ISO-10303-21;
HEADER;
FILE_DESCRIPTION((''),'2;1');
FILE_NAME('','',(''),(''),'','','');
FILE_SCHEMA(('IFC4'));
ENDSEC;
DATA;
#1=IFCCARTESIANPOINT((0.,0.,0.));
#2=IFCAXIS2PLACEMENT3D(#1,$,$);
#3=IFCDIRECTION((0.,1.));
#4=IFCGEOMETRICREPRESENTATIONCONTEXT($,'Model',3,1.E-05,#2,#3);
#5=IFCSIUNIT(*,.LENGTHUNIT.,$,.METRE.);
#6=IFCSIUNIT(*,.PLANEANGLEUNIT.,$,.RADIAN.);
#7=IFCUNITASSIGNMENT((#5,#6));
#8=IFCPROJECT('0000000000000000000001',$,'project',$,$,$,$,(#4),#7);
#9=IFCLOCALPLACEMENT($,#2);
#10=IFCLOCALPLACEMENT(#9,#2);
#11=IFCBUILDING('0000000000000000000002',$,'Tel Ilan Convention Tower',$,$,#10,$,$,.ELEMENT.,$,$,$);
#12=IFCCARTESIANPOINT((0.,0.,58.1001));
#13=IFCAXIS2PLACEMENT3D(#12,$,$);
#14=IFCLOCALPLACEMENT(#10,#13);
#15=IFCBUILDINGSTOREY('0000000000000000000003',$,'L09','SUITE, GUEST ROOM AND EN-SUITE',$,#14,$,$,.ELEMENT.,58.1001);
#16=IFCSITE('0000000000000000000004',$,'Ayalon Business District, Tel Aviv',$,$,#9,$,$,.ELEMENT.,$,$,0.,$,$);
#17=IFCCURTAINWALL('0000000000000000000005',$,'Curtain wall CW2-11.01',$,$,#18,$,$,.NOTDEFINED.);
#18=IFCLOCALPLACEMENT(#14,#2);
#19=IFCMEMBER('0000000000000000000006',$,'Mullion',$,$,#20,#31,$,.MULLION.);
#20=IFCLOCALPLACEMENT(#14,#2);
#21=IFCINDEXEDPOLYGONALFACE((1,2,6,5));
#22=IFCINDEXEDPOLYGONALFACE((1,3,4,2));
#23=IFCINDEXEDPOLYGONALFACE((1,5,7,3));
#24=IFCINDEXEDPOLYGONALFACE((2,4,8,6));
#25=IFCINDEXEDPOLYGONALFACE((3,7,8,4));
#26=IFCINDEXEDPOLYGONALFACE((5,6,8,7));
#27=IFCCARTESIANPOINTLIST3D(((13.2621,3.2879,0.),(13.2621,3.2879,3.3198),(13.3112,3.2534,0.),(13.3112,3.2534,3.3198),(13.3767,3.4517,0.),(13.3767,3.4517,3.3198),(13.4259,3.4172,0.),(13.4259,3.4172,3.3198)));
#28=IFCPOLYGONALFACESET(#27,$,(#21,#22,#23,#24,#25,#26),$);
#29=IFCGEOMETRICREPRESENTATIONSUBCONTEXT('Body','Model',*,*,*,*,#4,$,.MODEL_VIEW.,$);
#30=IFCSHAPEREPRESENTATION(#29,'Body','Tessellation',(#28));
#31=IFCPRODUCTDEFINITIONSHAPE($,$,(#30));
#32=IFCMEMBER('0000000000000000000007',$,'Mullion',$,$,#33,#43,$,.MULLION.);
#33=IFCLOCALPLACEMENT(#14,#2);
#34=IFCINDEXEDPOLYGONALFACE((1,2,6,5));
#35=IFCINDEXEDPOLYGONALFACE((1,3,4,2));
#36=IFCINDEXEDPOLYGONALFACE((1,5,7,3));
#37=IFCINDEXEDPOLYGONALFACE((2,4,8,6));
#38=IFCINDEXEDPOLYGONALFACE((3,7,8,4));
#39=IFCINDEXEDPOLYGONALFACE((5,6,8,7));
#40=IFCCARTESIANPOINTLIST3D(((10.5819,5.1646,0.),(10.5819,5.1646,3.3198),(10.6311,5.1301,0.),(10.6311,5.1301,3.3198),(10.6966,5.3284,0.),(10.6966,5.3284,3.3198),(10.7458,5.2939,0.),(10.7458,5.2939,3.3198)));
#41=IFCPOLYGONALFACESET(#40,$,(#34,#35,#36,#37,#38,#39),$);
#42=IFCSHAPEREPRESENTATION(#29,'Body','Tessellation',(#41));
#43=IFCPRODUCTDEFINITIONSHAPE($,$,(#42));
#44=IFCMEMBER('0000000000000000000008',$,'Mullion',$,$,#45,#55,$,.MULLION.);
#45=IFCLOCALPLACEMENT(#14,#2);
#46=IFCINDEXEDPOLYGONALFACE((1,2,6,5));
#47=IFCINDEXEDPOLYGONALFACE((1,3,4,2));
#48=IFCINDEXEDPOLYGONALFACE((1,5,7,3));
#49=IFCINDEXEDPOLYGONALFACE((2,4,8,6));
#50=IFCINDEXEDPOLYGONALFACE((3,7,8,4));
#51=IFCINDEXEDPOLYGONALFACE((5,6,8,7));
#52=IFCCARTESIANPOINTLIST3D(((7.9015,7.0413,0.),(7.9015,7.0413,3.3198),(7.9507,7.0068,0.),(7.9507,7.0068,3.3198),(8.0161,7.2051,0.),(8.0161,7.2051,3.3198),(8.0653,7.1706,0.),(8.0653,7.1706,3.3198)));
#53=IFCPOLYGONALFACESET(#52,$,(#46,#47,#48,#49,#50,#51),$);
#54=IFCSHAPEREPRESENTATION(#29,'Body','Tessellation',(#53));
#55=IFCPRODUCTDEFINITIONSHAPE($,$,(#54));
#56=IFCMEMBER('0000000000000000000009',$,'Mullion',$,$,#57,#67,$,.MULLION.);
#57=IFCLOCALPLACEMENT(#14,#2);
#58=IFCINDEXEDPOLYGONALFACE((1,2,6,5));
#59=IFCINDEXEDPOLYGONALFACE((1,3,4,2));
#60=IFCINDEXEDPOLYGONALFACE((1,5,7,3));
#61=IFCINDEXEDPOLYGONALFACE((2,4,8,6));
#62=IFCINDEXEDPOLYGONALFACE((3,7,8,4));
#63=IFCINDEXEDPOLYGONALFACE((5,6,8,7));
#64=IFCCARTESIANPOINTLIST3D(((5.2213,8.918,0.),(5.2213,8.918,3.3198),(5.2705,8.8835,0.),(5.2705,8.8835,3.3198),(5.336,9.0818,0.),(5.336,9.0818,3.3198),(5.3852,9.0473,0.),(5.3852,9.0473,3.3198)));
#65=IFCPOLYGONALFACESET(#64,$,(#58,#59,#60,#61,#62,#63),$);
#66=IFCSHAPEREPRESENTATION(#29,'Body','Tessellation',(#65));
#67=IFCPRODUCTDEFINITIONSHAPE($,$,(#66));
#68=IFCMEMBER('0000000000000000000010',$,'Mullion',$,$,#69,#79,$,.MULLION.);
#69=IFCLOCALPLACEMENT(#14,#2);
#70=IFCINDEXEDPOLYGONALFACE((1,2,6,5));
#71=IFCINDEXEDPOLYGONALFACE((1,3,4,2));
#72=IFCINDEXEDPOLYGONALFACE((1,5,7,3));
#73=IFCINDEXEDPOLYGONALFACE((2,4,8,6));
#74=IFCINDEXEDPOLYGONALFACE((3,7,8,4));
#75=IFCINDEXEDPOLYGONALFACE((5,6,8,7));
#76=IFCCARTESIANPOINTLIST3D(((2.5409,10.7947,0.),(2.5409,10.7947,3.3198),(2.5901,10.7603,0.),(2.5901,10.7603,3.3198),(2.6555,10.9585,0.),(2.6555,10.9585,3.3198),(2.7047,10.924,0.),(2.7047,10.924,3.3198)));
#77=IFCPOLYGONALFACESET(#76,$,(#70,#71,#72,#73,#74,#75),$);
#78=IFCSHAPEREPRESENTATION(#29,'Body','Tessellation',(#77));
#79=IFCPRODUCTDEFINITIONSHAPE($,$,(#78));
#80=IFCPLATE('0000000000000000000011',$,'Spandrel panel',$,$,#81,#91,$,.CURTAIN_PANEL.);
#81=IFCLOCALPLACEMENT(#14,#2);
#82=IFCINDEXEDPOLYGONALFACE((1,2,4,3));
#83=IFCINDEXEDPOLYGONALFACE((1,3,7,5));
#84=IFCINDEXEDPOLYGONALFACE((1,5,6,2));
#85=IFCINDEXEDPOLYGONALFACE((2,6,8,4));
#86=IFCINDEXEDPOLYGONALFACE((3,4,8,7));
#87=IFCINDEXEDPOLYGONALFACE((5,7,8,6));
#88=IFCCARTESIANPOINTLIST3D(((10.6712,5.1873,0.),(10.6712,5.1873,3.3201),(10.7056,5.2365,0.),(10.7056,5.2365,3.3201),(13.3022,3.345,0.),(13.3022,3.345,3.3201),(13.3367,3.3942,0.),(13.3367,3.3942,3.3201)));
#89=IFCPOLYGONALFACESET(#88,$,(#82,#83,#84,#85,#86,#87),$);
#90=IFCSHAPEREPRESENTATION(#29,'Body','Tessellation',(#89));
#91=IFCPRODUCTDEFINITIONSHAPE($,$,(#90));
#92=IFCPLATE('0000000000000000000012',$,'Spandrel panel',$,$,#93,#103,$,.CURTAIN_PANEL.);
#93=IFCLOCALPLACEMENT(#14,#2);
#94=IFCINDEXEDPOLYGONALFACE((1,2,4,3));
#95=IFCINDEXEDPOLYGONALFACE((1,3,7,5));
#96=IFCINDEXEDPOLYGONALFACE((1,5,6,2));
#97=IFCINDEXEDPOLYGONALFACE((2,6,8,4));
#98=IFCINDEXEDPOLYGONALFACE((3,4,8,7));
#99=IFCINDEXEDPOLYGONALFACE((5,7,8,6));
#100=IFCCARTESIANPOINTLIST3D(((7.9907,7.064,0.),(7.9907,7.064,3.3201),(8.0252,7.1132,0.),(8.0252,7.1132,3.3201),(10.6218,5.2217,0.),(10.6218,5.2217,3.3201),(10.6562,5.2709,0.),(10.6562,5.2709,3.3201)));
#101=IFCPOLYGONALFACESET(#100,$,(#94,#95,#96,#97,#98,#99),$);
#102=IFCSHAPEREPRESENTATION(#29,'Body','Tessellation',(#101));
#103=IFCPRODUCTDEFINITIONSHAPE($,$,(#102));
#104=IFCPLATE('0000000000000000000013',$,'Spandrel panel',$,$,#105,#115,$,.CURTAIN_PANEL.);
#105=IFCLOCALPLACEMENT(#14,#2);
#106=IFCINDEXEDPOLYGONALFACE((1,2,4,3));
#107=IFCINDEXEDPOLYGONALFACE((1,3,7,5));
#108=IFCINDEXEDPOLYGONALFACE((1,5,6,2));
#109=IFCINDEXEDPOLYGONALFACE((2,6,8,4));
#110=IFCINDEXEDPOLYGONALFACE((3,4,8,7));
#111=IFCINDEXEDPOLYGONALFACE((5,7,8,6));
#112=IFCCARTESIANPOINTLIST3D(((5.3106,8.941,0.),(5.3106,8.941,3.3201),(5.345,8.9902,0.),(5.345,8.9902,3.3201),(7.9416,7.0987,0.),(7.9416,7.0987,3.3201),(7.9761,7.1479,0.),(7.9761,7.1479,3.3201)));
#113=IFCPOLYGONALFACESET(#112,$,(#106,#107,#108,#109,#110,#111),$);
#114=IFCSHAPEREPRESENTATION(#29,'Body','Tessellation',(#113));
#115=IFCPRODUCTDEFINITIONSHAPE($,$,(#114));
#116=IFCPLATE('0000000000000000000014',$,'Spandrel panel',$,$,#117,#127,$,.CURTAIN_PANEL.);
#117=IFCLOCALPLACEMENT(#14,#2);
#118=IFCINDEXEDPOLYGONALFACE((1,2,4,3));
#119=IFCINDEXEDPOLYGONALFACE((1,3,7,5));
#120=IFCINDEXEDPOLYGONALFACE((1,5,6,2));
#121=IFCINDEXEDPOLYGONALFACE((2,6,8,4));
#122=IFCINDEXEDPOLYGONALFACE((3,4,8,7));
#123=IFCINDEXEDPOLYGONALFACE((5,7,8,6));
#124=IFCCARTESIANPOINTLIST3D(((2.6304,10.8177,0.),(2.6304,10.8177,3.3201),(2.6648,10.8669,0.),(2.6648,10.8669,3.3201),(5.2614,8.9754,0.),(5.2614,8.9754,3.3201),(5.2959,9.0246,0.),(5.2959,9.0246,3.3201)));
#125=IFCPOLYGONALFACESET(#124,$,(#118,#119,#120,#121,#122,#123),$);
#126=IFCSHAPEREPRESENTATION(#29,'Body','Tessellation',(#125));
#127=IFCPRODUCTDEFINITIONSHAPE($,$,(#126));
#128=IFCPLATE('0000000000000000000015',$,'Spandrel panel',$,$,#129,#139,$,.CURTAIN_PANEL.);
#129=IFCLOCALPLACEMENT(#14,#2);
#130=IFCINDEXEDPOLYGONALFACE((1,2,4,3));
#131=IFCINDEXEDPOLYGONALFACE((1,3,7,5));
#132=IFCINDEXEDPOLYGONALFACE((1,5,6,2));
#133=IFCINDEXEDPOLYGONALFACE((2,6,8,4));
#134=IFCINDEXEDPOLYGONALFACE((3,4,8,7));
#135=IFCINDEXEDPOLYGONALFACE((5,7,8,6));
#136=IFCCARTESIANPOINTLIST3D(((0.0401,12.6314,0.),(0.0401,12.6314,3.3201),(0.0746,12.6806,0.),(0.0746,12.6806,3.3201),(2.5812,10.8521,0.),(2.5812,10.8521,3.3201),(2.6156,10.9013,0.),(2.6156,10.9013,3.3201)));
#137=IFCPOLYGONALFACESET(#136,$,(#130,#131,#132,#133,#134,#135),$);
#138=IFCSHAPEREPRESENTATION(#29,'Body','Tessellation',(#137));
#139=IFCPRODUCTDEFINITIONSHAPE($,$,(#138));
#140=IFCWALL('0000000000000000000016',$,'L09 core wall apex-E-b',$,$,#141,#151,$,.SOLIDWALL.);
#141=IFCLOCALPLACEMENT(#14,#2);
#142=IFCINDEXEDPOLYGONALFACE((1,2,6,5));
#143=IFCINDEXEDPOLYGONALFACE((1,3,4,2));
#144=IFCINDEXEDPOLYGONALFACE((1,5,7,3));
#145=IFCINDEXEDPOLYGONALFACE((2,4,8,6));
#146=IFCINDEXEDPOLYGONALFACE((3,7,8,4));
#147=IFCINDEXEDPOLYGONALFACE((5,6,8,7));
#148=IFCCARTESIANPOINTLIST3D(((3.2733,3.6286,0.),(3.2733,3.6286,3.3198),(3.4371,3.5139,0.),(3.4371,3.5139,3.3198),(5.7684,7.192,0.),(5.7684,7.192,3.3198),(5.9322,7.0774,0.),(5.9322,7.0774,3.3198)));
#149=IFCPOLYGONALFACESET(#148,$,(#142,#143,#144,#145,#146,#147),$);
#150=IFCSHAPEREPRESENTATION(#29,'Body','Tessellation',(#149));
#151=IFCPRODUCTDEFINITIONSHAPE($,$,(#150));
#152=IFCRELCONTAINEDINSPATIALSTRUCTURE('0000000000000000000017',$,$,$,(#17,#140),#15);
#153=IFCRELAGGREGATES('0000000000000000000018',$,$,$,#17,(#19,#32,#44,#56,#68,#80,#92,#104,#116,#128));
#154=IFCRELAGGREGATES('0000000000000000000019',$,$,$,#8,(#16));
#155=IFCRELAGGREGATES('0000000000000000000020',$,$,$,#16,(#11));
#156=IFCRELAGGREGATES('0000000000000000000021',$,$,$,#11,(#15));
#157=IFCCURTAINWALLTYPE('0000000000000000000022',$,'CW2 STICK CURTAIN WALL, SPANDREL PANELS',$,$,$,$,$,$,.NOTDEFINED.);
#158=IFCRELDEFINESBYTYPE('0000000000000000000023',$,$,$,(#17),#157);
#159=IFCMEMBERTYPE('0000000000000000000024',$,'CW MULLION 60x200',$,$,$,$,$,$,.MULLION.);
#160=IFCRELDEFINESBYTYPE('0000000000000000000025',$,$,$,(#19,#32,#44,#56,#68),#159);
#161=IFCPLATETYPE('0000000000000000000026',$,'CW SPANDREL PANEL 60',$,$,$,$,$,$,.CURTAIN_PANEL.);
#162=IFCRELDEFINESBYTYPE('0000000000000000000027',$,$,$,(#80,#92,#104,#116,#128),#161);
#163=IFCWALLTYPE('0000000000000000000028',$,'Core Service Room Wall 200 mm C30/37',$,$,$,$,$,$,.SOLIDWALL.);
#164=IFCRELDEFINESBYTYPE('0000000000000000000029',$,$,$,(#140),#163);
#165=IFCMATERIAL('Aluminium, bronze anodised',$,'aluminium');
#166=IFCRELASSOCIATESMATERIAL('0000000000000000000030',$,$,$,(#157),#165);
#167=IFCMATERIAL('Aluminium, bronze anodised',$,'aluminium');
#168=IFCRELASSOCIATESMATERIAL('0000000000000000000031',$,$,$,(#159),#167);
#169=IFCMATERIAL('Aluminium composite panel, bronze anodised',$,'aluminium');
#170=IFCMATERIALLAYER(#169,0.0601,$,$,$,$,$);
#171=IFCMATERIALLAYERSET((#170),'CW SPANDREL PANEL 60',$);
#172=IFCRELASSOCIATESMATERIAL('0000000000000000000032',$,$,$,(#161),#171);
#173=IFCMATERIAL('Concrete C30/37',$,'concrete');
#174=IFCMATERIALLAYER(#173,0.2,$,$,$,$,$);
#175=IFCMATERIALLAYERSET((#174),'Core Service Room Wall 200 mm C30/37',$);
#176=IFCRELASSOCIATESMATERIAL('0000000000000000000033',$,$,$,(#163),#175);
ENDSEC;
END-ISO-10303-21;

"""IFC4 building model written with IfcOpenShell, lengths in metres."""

from ifc_helpers import new_model, si_unit, direction, frame, frame_2d, origin, origin_2d, place, context, subcontext, project, spatial, rectangle, extrude, material, layer, layer_set, material_profile, profile_set, type_object, element, aggregate, save


model = new_model("IFC4")

# Units and contexts
model_context = context("Model", 3, precision=1e-05, world=origin(), true_north=direction((0.0, 1.0)))
body_context = subcontext(model_context, "Body", "Model", "MODEL_VIEW")
ifc_project = project(units=[si_unit("LENGTHUNIT", "METRE"), si_unit("PLANEANGLEUNIT", "RADIAN")], contexts=[model_context])

# Site, building, storey
site_placement = place(None, origin())
site = spatial("IfcSite", under=ifc_project, at=site_placement, Name="Ayalon Business District, Tel Aviv", CompositionType="ELEMENT", RefElevation=0.0)
building_placement = place(site_placement, origin())
building = spatial("IfcBuilding", under=site, at=building_placement, Name="Tel Ilan Convention Tower", CompositionType="ELEMENT")
storey_placement = place(building_placement, frame((0.0, 0.0, 58.1001)))
storey = spatial("IfcBuildingStorey", under=building, at=storey_placement, Name="L09", Description="SUITE, GUEST ROOM AND EN-SUITE", CompositionType="ELEMENT", Elevation=58.1001)

# Curtain wall, members, plates
ifc_material_1 = material(Name="Aluminium, bronze anodised", Category="aluminium")
curtain_wall_type = type_object("IfcCurtainWallType", Name="CW2 STICK CURTAIN WALL, SPANDREL PANELS", PredefinedType="NOTDEFINED", material=ifc_material_1)
curtain_wall_placement = place(storey_placement, origin())
curtain_wall = element("IfcCurtainWall", 1, at=curtain_wall_placement, inside=storey, type_object=curtain_wall_type, Name="Curtain wall CW2-11.01", PredefinedType="NOTDEFINED")
ifc_material_2 = material(Name="Aluminium, bronze anodised", Category="aluminium")
ifc_material_profile = material_profile(ifc_material_2, rectangle(XDim=0.0601, YDim=0.2, at=origin_2d()), Name="CW MULLION 60x200")
ifc_profile_set = profile_set([ifc_material_profile], Name="Aluminium, bronze anodised")
member_type = type_object("IfcMemberType", Name="CW MULLION 60x200", PredefinedType="MULLION", material=ifc_profile_set)
member_1_placement = place(storey_placement, frame((13.344, 3.3525, 0.0), z_axis=(0.0, 0.0, 1.0), x_axis=(-0.819152, 0.573576, 0.0)))
member_1 = element("IfcMember", 2, at=member_1_placement, type_object=member_type, Name="Mullion", PredefinedType="MULLION", context=body_context, shape_type="SweptSolid", body=[
    extrude(rectangle(XDim=0.0601, YDim=0.2, at=origin_2d()), origin(), (0.0, 0.0, 1.0), 3.3198),
])
member_2_placement = place(storey_placement, frame((10.6638, 5.2292, 0.0), z_axis=(0.0, 0.0, 1.0), x_axis=(-0.819152, 0.573576, 0.0)))
member_2 = element("IfcMember", 3, at=member_2_placement, type_object=member_type, Name="Mullion", PredefinedType="MULLION", context=body_context, shape_type="SweptSolid", body=[
    extrude(rectangle(XDim=0.0601, YDim=0.2, at=origin_2d()), origin(), (0.0, 0.0, 1.0), 3.3198),
])
member_3_placement = place(storey_placement, frame((7.9834, 7.106, 0.0), z_axis=(0.0, 0.0, 1.0), x_axis=(-0.819152, 0.573576, 0.0)))
member_3 = element("IfcMember", 4, at=member_3_placement, type_object=member_type, Name="Mullion", PredefinedType="MULLION", context=body_context, shape_type="SweptSolid", body=[
    extrude(rectangle(XDim=0.0601, YDim=0.2, at=origin_2d()), origin(), (0.0, 0.0, 1.0), 3.3198),
])
member_4_placement = place(storey_placement, frame((5.3032, 8.9827, 0.0), z_axis=(0.0, 0.0, 1.0), x_axis=(-0.819152, 0.573576, 0.0)))
member_4 = element("IfcMember", 5, at=member_4_placement, type_object=member_type, Name="Mullion", PredefinedType="MULLION", context=body_context, shape_type="SweptSolid", body=[
    extrude(rectangle(XDim=0.0601, YDim=0.2, at=origin_2d()), origin(), (0.0, 0.0, 1.0), 3.3198),
])
member_5_placement = place(storey_placement, frame((2.6228, 10.8594, 0.0), z_axis=(0.0, 0.0, 1.0), x_axis=(-0.819152, 0.573576, 0.0)))
member_5 = element("IfcMember", 6, at=member_5_placement, type_object=member_type, Name="Mullion", PredefinedType="MULLION", context=body_context, shape_type="SweptSolid", body=[
    extrude(rectangle(XDim=0.0601, YDim=0.2, at=origin_2d()), origin(), (0.0, 0.0, 1.0), 3.3198),
])
ifc_material_3 = material(Name="Aluminium composite panel, bronze anodised", Category="aluminium")
ifc_layer_1 = layer(ifc_material_3, 0.0601)
ifc_layer_set_1 = layer_set([ifc_layer_1], Name="CW SPANDREL PANEL 60")
plate_type = type_object("IfcPlateType", Name="CW SPANDREL PANEL 60", PredefinedType="CURTAIN_PANEL", material=ifc_layer_set_1)
plate_1_placement = place(storey_placement, frame((12.0039, 4.2908, 0.0), z_axis=(0.0, 0.0, 1.0), x_axis=(-0.819152, 0.573576, 0.0)))
plate_1 = element("IfcPlate", 7, at=plate_1_placement, type_object=plate_type, Name="Spandrel panel", PredefinedType="CURTAIN_PANEL", context=body_context, shape_type="SweptSolid", body=[
    extrude(rectangle(XDim=3.2119, YDim=0.0601, at=origin_2d()), origin(), (0.0, 0.0, 1.0), 3.3201),
])
plate_2_placement = place(storey_placement, frame((9.3235, 6.1675, 0.0), z_axis=(0.0, 0.0, 1.0), x_axis=(-0.819152, 0.573576, 0.0)))
plate_2 = element("IfcPlate", 8, at=plate_2_placement, type_object=plate_type, Name="Spandrel panel", PredefinedType="CURTAIN_PANEL", context=body_context, shape_type="SweptSolid", body=[
    extrude(rectangle(XDim=3.2119, YDim=0.0601, at=origin_2d()), origin(), (0.0, 0.0, 1.0), 3.3201),
])
plate_3_placement = place(storey_placement, frame((6.6433, 8.0444, 0.0), z_axis=(0.0, 0.0, 1.0), x_axis=(-0.819152, 0.573576, 0.0)))
plate_3 = element("IfcPlate", 9, at=plate_3_placement, type_object=plate_type, Name="Spandrel panel", PredefinedType="CURTAIN_PANEL", context=body_context, shape_type="SweptSolid", body=[
    extrude(rectangle(XDim=3.2119, YDim=0.0601, at=origin_2d()), origin(), (0.0, 0.0, 1.0), 3.3201),
])
plate_4_placement = place(storey_placement, frame((3.9631, 9.9211, 0.0), z_axis=(0.0, 0.0, 1.0), x_axis=(-0.819152, 0.573576, 0.0)))
plate_4 = element("IfcPlate", 10, at=plate_4_placement, type_object=plate_type, Name="Spandrel panel", PredefinedType="CURTAIN_PANEL", context=body_context, shape_type="SweptSolid", body=[
    extrude(rectangle(XDim=3.2119, YDim=0.0601, at=origin_2d()), origin(), (0.0, 0.0, 1.0), 3.3201),
])
plate_5_placement = place(storey_placement, frame((1.3279, 11.7664, 0.0), z_axis=(0.0, 0.0, 1.0), x_axis=(-0.819152, 0.573576, 0.0)))
plate_5 = element("IfcPlate", 11, at=plate_5_placement, type_object=plate_type, Name="Spandrel panel", PredefinedType="CURTAIN_PANEL", context=body_context, shape_type="SweptSolid", body=[
    extrude(rectangle(XDim=3.1021, YDim=0.0601, at=origin_2d()), origin(), (0.0, 0.0, 1.0), 3.3201),
])
aggregate(curtain_wall, [member_1, member_2, member_3, member_4, member_5, plate_1, plate_2, plate_3, plate_4, plate_5])

# Wall
ifc_material_4 = material(Name="Concrete C30/37", Category="concrete")
ifc_layer_2 = layer(ifc_material_4, 0.2)
ifc_layer_set_2 = layer_set([ifc_layer_2], Name="Core Service Room Wall 200 mm C30/37")
wall_type_1 = type_object("IfcWallType", Name="Core Service Room Wall 200 mm C30/37", PredefinedType="SOLIDWALL", material=ifc_layer_set_2)
wall_1_placement = place(storey_placement, frame((3.3552, 3.5713, 0.0), z_axis=(0.0, 0.0, 1.0), x_axis=(0.573568, 0.819158, 0.0)))
element("IfcWall", 12, at=wall_1_placement, inside=storey, type_object=wall_type_1, Name="L09 core wall apex-E-b", PredefinedType="SOLIDWALL", context=body_context, shape_type="SweptSolid", body=[
    extrude(rectangle(XDim=4.3501, YDim=0.2, at=frame_2d((2.175, 0.0))), origin(), (0.0, 0.0, 1.0), 3.3198),
])

save(model, "model.ifc")
